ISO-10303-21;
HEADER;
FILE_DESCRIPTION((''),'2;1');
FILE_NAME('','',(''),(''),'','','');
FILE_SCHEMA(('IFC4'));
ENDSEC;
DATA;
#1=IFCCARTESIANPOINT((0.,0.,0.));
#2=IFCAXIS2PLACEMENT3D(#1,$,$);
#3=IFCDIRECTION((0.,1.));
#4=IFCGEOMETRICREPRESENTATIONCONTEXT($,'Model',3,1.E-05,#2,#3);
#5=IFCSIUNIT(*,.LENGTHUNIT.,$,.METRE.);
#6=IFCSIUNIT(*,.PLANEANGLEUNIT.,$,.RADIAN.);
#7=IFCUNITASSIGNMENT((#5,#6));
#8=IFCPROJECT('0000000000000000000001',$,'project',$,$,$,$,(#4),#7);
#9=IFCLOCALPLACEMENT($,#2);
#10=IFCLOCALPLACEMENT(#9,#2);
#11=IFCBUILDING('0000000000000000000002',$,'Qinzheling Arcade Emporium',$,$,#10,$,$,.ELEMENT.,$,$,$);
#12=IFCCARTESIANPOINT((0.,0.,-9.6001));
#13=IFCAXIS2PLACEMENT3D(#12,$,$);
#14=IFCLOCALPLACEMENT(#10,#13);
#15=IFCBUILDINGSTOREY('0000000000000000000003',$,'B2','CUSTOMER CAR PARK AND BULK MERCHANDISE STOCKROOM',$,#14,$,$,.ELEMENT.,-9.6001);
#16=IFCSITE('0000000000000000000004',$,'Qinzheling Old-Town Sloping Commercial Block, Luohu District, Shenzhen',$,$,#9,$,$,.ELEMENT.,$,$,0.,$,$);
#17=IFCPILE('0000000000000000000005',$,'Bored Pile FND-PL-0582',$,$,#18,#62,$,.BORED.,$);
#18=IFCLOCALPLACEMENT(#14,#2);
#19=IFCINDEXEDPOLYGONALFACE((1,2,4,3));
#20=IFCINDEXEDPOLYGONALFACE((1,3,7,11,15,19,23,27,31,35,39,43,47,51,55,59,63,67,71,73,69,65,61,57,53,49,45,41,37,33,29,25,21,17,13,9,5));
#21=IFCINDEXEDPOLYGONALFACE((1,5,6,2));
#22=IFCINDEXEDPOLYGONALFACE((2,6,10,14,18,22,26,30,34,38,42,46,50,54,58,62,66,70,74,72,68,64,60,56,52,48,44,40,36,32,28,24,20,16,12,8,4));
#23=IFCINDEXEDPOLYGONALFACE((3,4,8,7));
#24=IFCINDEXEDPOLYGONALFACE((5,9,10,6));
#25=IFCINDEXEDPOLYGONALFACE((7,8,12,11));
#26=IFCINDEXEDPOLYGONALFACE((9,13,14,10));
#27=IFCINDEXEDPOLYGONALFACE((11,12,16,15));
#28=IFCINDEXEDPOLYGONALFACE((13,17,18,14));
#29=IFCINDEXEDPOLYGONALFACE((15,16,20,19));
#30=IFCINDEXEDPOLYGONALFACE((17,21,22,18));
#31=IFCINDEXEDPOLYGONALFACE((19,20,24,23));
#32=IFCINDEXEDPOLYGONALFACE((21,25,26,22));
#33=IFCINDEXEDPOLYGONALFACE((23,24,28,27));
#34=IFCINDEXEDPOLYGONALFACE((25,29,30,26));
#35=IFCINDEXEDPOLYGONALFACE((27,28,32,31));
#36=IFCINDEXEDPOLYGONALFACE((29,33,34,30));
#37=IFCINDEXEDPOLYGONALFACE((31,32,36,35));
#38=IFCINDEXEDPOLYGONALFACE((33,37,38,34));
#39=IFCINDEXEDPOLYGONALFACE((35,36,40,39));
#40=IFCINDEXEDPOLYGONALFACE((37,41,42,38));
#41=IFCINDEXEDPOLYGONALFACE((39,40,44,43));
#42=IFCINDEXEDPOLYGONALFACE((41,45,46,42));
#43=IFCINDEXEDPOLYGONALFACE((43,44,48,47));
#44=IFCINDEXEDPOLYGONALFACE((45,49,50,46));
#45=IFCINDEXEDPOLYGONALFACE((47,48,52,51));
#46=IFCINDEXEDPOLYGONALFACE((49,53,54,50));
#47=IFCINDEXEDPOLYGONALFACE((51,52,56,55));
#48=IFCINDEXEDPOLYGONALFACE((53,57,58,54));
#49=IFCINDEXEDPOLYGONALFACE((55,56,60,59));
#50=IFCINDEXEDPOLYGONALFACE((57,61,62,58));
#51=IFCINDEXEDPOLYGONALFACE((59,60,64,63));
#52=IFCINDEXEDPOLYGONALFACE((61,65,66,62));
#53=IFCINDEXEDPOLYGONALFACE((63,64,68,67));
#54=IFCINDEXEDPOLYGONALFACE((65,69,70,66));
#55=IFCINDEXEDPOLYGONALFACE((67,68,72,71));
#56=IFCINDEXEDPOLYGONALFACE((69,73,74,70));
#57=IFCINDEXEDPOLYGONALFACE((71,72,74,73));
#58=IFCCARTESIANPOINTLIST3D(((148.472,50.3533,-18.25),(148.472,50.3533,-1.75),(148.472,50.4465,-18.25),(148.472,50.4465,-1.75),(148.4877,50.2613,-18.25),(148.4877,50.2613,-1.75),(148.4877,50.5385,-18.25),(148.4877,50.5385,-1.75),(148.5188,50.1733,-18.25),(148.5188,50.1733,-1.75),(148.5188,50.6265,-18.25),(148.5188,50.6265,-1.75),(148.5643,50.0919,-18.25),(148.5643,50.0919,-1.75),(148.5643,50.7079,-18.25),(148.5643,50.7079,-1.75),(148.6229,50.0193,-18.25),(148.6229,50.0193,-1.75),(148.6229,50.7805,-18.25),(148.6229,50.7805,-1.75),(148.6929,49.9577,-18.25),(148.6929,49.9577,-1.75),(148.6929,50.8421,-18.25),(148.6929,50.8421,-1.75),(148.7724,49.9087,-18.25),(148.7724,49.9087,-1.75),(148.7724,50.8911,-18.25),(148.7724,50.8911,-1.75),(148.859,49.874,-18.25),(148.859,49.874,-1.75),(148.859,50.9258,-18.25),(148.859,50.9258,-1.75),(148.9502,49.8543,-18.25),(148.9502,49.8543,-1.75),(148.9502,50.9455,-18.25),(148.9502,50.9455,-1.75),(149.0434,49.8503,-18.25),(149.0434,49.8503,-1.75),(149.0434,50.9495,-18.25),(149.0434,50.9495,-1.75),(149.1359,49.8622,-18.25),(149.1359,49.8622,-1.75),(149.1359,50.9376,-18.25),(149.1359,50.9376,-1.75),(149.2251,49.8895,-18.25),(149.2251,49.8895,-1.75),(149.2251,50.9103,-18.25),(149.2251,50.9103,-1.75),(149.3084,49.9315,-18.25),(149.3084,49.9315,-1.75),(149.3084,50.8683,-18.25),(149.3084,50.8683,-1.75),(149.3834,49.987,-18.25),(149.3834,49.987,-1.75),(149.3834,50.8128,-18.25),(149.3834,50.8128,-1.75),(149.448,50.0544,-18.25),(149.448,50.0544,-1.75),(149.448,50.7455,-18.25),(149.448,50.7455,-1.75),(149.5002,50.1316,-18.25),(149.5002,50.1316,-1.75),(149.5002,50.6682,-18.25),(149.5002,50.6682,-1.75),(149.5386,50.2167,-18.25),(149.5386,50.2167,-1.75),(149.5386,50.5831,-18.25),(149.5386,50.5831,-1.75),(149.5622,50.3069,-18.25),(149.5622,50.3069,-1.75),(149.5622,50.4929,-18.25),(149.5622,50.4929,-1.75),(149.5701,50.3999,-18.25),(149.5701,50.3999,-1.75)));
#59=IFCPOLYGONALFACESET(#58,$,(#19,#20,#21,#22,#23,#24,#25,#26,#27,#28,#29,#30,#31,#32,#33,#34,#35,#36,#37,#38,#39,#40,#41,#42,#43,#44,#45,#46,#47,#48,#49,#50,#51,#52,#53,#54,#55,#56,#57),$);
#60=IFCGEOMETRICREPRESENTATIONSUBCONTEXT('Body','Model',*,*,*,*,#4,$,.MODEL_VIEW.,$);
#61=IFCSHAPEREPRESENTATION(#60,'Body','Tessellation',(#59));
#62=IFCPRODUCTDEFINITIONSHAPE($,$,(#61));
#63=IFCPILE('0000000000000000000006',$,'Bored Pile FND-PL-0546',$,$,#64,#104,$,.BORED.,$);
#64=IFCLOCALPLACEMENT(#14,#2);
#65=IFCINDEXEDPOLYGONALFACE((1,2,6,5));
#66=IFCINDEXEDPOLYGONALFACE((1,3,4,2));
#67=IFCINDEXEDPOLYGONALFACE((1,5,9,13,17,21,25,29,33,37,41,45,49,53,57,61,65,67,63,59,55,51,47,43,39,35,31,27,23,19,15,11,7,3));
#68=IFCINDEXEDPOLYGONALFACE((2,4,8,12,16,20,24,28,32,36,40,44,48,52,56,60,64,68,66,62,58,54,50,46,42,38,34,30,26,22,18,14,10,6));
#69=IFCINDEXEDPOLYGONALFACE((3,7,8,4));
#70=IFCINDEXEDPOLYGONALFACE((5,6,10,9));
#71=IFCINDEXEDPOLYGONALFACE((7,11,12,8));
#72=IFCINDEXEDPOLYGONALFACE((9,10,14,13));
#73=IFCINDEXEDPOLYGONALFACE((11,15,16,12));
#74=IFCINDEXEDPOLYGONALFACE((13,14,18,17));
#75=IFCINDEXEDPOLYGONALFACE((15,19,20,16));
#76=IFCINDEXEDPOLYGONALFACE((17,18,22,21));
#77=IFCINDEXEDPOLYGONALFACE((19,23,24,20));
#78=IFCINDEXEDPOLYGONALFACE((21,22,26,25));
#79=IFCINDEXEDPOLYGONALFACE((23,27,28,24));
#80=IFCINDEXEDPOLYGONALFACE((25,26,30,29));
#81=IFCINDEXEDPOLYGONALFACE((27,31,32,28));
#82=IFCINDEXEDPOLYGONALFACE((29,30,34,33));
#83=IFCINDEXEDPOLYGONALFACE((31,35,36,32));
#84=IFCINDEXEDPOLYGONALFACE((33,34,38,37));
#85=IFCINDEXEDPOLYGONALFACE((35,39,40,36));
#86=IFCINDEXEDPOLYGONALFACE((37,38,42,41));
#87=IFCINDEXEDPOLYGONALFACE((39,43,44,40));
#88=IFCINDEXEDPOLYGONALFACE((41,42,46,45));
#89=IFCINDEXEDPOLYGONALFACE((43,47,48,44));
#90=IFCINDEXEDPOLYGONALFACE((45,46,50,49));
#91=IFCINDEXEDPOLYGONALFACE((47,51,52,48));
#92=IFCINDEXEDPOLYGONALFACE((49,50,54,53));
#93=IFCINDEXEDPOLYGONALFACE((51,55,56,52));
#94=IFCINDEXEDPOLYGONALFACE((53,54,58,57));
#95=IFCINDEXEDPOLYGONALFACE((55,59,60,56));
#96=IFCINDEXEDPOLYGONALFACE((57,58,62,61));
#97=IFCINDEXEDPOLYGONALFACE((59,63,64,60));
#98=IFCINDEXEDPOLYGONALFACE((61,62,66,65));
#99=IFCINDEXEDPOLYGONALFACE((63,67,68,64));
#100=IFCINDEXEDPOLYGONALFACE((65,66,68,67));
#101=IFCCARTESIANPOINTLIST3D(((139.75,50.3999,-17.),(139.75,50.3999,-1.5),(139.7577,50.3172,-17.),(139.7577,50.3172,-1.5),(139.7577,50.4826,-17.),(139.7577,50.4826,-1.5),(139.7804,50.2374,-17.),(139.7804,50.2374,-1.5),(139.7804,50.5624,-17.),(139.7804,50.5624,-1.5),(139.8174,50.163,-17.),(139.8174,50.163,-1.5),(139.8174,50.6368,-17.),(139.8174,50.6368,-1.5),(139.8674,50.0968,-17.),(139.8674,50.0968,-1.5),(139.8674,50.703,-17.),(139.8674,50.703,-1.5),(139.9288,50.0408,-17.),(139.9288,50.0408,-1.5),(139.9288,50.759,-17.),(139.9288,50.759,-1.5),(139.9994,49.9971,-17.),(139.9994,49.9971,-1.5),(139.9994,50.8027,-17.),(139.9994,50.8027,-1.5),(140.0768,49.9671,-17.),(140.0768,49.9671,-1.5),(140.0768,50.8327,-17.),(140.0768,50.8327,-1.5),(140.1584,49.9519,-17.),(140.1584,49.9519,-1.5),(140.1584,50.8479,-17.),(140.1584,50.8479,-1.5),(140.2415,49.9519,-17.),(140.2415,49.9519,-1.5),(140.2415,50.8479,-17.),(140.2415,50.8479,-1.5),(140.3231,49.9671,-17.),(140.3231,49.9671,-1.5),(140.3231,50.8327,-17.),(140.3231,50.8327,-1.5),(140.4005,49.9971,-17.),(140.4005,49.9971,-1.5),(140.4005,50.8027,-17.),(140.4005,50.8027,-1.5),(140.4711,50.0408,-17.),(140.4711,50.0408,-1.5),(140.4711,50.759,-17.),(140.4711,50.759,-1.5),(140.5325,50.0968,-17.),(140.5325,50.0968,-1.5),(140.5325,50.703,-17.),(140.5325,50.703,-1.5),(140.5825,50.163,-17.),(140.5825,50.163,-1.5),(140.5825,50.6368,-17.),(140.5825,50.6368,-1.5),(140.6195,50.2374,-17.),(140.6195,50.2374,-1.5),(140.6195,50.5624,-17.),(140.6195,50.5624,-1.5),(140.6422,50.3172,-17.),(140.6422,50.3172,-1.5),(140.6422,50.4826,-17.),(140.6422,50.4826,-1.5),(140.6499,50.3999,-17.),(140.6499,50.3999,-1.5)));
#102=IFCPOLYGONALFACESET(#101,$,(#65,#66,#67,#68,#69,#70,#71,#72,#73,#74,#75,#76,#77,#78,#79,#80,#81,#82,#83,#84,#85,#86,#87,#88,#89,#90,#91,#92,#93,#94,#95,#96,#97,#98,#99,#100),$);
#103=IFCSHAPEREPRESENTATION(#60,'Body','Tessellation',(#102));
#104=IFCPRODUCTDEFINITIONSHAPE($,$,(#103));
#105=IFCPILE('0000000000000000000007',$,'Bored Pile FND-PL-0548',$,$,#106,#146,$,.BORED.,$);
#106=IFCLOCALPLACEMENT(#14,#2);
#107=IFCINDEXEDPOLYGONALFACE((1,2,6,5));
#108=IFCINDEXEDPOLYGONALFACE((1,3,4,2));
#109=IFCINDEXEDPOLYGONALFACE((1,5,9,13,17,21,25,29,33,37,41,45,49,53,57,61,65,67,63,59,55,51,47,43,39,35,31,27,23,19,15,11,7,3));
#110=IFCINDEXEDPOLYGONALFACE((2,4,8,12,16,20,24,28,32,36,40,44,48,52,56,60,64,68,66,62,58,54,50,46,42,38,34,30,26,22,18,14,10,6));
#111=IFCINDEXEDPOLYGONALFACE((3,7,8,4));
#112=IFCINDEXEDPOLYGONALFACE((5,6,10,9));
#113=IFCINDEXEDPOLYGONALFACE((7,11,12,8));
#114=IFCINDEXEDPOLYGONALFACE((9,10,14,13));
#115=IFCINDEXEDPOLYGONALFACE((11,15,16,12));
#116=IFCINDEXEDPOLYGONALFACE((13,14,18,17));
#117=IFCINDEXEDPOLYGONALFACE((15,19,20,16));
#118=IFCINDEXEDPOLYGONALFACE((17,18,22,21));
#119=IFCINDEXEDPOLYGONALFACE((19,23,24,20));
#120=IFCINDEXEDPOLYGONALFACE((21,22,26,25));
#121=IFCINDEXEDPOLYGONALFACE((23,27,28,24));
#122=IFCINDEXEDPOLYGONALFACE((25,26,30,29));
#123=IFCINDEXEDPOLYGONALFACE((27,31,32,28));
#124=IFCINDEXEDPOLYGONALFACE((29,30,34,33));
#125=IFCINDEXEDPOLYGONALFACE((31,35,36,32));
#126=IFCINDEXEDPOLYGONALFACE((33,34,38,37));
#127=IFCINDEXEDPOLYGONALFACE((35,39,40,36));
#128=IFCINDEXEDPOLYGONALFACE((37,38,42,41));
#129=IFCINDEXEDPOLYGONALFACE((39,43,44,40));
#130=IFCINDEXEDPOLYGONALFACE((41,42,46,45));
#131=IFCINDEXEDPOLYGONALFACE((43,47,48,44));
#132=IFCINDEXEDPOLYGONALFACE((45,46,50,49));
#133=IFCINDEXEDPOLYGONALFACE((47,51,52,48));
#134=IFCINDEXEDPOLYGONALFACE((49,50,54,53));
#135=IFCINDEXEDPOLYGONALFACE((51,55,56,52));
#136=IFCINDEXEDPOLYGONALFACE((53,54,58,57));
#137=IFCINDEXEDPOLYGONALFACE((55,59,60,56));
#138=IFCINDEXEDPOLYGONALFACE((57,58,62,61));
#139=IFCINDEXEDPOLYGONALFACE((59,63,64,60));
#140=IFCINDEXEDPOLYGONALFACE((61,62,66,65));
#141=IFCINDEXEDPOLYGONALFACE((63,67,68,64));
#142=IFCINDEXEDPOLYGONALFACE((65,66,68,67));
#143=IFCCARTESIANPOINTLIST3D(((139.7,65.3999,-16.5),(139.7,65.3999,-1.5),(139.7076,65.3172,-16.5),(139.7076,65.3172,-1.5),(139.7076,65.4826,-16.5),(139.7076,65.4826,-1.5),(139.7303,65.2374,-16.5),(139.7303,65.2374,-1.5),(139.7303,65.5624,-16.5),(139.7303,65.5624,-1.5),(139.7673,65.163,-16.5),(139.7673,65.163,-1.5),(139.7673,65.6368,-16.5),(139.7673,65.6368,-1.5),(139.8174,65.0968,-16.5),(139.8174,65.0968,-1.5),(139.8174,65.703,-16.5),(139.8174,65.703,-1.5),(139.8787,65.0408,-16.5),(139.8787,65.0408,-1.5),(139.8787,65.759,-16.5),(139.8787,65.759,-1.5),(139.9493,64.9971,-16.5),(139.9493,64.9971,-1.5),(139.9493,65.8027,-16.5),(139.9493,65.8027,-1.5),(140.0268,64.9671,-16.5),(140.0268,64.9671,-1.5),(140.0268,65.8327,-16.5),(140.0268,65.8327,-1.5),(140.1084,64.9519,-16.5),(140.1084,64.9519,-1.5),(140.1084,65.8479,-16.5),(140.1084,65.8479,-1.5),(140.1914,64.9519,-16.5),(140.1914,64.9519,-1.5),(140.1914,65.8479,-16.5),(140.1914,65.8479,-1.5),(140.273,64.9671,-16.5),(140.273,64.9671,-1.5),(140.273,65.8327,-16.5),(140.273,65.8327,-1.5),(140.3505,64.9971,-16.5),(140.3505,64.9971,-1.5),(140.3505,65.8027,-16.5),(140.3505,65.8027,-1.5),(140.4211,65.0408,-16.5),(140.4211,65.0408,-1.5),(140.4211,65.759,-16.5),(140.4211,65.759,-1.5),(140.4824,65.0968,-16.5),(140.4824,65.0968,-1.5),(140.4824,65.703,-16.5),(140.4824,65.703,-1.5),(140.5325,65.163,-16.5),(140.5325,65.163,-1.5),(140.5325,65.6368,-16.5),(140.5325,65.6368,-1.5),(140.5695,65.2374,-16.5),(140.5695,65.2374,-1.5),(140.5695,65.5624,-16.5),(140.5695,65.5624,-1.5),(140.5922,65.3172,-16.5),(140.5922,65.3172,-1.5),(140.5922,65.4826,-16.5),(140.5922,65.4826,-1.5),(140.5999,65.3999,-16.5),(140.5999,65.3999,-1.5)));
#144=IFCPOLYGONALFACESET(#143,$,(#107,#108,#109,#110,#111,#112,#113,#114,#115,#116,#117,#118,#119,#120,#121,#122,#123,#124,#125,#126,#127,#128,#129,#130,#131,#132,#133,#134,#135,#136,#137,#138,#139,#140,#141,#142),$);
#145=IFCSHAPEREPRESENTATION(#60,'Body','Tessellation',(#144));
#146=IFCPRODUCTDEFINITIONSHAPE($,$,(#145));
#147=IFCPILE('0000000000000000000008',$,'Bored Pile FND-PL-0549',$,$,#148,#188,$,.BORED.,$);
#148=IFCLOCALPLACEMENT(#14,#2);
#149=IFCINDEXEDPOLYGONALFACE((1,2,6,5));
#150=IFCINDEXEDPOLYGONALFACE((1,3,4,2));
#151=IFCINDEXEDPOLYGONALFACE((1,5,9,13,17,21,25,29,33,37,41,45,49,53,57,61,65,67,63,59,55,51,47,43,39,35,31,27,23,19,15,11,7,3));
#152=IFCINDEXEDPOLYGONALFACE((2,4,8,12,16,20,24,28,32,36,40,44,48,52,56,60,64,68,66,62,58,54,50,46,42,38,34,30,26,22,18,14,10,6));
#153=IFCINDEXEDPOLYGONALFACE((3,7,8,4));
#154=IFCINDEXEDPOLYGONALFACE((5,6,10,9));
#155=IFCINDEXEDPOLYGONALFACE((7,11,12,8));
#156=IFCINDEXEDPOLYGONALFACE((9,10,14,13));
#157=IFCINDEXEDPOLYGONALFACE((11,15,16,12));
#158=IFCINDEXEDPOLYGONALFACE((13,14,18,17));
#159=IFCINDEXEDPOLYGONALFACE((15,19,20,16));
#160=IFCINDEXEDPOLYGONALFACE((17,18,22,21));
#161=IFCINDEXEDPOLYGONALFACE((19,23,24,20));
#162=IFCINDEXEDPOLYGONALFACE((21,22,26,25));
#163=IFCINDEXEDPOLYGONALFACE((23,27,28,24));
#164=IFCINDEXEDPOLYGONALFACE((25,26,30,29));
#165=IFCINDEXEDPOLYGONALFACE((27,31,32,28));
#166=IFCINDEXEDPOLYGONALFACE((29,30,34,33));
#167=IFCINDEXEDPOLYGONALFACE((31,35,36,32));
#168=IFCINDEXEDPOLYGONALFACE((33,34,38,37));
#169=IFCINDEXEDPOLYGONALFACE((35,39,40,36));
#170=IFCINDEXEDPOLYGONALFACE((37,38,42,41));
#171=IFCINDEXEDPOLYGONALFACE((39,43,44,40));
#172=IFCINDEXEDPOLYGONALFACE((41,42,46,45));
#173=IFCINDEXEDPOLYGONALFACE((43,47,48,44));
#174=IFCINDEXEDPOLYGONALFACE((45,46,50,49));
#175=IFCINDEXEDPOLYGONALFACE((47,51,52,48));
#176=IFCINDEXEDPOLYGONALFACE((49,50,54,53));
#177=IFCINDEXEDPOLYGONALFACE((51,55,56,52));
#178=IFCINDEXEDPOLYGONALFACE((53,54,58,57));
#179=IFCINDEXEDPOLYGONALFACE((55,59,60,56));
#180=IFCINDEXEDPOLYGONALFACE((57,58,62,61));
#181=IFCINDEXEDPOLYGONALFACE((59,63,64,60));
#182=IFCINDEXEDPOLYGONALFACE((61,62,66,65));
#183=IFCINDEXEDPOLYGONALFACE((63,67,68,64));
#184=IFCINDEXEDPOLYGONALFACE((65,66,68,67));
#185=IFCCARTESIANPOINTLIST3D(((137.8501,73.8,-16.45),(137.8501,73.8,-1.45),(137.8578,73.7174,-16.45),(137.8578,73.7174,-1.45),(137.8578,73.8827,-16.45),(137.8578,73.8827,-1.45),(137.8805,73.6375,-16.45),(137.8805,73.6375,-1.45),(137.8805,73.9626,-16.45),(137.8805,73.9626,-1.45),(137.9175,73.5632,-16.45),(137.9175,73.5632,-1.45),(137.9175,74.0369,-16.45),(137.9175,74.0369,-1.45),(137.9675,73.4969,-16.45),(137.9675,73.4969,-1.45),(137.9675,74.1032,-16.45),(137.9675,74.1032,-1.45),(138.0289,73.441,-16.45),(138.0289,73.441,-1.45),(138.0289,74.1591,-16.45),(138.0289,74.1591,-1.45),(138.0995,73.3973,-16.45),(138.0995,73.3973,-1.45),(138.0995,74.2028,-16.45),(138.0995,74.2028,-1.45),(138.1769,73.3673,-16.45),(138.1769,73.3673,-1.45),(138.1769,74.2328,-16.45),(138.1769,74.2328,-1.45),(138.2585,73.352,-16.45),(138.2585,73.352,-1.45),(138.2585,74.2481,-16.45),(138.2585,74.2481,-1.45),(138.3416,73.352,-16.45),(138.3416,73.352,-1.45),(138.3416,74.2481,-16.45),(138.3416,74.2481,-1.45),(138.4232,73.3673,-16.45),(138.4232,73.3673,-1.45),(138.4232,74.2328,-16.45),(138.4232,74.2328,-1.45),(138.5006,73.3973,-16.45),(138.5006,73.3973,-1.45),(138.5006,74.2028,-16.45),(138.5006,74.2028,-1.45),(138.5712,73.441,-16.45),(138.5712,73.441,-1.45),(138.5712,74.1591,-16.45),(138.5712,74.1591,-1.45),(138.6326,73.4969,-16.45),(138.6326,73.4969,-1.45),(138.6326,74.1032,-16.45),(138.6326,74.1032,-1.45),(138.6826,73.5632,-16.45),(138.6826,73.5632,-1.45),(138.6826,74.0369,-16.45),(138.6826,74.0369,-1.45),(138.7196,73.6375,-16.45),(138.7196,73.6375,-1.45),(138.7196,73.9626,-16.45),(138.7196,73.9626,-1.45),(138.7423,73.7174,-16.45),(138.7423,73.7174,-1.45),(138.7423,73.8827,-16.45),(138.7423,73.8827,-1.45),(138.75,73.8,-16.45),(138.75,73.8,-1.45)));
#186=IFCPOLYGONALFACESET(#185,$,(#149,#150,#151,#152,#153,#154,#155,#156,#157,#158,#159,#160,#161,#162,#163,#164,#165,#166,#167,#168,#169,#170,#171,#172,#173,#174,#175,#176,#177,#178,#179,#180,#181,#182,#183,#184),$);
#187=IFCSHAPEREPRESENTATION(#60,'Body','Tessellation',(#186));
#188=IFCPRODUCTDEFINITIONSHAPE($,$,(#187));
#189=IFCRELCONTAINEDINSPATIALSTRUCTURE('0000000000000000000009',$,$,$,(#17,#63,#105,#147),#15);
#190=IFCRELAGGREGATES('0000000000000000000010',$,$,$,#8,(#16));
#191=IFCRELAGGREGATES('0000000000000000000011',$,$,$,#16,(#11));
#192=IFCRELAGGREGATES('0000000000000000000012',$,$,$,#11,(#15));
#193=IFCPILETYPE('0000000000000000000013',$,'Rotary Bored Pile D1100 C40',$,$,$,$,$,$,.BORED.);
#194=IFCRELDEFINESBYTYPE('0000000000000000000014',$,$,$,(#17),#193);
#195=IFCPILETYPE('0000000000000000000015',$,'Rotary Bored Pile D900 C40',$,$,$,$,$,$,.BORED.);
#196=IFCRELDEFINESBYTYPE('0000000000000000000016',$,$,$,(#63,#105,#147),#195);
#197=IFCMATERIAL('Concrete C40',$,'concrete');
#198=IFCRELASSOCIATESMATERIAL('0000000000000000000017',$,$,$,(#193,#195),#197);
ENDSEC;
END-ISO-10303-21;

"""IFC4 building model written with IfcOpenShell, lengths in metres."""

from ifc_helpers import new_model, si_unit, direction, frame, origin, origin_2d, place, context, subcontext, project, spatial, circle, extrude, material, material_profile, profile_set, type_object, element, save


model = new_model("IFC4")

# Units and contexts
model_context = context("Model", 3, precision=1e-05, world=origin(), true_north=direction((0.0, 1.0)))
body_context = subcontext(model_context, "Body", "Model", "MODEL_VIEW")
ifc_project = project(units=[si_unit("LENGTHUNIT", "METRE"), si_unit("PLANEANGLEUNIT", "RADIAN")], contexts=[model_context])

# Site, building, storey
site_placement = place(None, origin())
site = spatial("IfcSite", under=ifc_project, at=site_placement, Name="Qinzheling Old-Town Sloping Commercial Block, Luohu District, Shenzhen", CompositionType="ELEMENT", RefElevation=0.0)
building_placement = place(site_placement, origin())
building = spatial("IfcBuilding", under=site, at=building_placement, Name="Qinzheling Arcade Emporium", CompositionType="ELEMENT")
storey_placement = place(building_placement, frame((0.0, 0.0, -9.6001)))
storey = spatial("IfcBuildingStorey", under=building, at=storey_placement, Name="B2", Description="CUSTOMER CAR PARK AND BULK MERCHANDISE STOCKROOM", CompositionType="ELEMENT", Elevation=-9.6001)

# Shared definitions
ifc_material_1 = material(Name="Concrete C40", Category="concrete")

# Piles
ifc_material_profile_1 = material_profile(ifc_material_1, circle(Radius=0.55, at=origin_2d()), Name="BORED D1100", Category="concrete")
ifc_profile_set_1 = profile_set([ifc_material_profile_1], Name="Concrete C40")
pile_type_1 = type_object("IfcPileType", Name="Rotary Bored Pile D1100 C40", PredefinedType="BORED", material=ifc_profile_set_1)
for number, where, z_axis, x_axis, name in (
    (1, (149.02, 50.3999, -1.75), (0.0, 0.0, -1.0), (1.0, 0.0, 0.0), "Bored Pile FND-PL-0582"),
):
    element("IfcPile", number, at=place(storey_placement, frame(where, z_axis=z_axis, x_axis=x_axis)), inside=storey, type_object=pile_type_1, Name=name, PredefinedType="BORED", context=body_context, shape_type="SweptSolid", body=[
        extrude(circle(Radius=0.55, at=origin_2d()), origin(), (0.0, 0.0, 1.0), 16.5),
    ])
ifc_material_profile_2 = material_profile(ifc_material_1, circle(Radius=0.45, at=origin_2d()), Name="BORED D900", Category="concrete")
ifc_profile_set_2 = profile_set([ifc_material_profile_2], Name="Concrete C40")
pile_type_2 = type_object("IfcPileType", Name="Rotary Bored Pile D900 C40", PredefinedType="BORED", material=ifc_profile_set_2)
pile_placement = place(storey_placement, frame((140.2, 50.3999, -1.5), z_axis=(0.0, 0.0, -1.0), x_axis=(1.0, 0.0, 0.0)))
element("IfcPile", 2, at=pile_placement, inside=storey, type_object=pile_type_2, Name="Bored Pile FND-PL-0546", PredefinedType="BORED", context=body_context, shape_type="SweptSolid", body=[
    extrude(circle(Radius=0.45, at=origin_2d()), origin(), (0.0, 0.0, 1.0), 15.5),
])
for number, where, z_axis, x_axis, name in (
    (3, (140.1499, 65.3999, -1.5), (0.0, 0.0, -1.0), (1.0, 0.0, 0.0), "Bored Pile FND-PL-0548"),
    (4, (138.3, 73.8, -1.45), (0.0, 0.0, -1.0), (1.0, 0.0, 0.0), "Bored Pile FND-PL-0549"),
):
    element("IfcPile", number, at=place(storey_placement, frame(where, z_axis=z_axis, x_axis=x_axis)), inside=storey, type_object=pile_type_2, Name=name, PredefinedType="BORED", context=body_context, shape_type="SweptSolid", body=[
        extrude(circle(Radius=0.45, at=origin_2d()), origin(), (0.0, 0.0, 1.0), 15.0),
    ])

save(model, "model.ifc")
